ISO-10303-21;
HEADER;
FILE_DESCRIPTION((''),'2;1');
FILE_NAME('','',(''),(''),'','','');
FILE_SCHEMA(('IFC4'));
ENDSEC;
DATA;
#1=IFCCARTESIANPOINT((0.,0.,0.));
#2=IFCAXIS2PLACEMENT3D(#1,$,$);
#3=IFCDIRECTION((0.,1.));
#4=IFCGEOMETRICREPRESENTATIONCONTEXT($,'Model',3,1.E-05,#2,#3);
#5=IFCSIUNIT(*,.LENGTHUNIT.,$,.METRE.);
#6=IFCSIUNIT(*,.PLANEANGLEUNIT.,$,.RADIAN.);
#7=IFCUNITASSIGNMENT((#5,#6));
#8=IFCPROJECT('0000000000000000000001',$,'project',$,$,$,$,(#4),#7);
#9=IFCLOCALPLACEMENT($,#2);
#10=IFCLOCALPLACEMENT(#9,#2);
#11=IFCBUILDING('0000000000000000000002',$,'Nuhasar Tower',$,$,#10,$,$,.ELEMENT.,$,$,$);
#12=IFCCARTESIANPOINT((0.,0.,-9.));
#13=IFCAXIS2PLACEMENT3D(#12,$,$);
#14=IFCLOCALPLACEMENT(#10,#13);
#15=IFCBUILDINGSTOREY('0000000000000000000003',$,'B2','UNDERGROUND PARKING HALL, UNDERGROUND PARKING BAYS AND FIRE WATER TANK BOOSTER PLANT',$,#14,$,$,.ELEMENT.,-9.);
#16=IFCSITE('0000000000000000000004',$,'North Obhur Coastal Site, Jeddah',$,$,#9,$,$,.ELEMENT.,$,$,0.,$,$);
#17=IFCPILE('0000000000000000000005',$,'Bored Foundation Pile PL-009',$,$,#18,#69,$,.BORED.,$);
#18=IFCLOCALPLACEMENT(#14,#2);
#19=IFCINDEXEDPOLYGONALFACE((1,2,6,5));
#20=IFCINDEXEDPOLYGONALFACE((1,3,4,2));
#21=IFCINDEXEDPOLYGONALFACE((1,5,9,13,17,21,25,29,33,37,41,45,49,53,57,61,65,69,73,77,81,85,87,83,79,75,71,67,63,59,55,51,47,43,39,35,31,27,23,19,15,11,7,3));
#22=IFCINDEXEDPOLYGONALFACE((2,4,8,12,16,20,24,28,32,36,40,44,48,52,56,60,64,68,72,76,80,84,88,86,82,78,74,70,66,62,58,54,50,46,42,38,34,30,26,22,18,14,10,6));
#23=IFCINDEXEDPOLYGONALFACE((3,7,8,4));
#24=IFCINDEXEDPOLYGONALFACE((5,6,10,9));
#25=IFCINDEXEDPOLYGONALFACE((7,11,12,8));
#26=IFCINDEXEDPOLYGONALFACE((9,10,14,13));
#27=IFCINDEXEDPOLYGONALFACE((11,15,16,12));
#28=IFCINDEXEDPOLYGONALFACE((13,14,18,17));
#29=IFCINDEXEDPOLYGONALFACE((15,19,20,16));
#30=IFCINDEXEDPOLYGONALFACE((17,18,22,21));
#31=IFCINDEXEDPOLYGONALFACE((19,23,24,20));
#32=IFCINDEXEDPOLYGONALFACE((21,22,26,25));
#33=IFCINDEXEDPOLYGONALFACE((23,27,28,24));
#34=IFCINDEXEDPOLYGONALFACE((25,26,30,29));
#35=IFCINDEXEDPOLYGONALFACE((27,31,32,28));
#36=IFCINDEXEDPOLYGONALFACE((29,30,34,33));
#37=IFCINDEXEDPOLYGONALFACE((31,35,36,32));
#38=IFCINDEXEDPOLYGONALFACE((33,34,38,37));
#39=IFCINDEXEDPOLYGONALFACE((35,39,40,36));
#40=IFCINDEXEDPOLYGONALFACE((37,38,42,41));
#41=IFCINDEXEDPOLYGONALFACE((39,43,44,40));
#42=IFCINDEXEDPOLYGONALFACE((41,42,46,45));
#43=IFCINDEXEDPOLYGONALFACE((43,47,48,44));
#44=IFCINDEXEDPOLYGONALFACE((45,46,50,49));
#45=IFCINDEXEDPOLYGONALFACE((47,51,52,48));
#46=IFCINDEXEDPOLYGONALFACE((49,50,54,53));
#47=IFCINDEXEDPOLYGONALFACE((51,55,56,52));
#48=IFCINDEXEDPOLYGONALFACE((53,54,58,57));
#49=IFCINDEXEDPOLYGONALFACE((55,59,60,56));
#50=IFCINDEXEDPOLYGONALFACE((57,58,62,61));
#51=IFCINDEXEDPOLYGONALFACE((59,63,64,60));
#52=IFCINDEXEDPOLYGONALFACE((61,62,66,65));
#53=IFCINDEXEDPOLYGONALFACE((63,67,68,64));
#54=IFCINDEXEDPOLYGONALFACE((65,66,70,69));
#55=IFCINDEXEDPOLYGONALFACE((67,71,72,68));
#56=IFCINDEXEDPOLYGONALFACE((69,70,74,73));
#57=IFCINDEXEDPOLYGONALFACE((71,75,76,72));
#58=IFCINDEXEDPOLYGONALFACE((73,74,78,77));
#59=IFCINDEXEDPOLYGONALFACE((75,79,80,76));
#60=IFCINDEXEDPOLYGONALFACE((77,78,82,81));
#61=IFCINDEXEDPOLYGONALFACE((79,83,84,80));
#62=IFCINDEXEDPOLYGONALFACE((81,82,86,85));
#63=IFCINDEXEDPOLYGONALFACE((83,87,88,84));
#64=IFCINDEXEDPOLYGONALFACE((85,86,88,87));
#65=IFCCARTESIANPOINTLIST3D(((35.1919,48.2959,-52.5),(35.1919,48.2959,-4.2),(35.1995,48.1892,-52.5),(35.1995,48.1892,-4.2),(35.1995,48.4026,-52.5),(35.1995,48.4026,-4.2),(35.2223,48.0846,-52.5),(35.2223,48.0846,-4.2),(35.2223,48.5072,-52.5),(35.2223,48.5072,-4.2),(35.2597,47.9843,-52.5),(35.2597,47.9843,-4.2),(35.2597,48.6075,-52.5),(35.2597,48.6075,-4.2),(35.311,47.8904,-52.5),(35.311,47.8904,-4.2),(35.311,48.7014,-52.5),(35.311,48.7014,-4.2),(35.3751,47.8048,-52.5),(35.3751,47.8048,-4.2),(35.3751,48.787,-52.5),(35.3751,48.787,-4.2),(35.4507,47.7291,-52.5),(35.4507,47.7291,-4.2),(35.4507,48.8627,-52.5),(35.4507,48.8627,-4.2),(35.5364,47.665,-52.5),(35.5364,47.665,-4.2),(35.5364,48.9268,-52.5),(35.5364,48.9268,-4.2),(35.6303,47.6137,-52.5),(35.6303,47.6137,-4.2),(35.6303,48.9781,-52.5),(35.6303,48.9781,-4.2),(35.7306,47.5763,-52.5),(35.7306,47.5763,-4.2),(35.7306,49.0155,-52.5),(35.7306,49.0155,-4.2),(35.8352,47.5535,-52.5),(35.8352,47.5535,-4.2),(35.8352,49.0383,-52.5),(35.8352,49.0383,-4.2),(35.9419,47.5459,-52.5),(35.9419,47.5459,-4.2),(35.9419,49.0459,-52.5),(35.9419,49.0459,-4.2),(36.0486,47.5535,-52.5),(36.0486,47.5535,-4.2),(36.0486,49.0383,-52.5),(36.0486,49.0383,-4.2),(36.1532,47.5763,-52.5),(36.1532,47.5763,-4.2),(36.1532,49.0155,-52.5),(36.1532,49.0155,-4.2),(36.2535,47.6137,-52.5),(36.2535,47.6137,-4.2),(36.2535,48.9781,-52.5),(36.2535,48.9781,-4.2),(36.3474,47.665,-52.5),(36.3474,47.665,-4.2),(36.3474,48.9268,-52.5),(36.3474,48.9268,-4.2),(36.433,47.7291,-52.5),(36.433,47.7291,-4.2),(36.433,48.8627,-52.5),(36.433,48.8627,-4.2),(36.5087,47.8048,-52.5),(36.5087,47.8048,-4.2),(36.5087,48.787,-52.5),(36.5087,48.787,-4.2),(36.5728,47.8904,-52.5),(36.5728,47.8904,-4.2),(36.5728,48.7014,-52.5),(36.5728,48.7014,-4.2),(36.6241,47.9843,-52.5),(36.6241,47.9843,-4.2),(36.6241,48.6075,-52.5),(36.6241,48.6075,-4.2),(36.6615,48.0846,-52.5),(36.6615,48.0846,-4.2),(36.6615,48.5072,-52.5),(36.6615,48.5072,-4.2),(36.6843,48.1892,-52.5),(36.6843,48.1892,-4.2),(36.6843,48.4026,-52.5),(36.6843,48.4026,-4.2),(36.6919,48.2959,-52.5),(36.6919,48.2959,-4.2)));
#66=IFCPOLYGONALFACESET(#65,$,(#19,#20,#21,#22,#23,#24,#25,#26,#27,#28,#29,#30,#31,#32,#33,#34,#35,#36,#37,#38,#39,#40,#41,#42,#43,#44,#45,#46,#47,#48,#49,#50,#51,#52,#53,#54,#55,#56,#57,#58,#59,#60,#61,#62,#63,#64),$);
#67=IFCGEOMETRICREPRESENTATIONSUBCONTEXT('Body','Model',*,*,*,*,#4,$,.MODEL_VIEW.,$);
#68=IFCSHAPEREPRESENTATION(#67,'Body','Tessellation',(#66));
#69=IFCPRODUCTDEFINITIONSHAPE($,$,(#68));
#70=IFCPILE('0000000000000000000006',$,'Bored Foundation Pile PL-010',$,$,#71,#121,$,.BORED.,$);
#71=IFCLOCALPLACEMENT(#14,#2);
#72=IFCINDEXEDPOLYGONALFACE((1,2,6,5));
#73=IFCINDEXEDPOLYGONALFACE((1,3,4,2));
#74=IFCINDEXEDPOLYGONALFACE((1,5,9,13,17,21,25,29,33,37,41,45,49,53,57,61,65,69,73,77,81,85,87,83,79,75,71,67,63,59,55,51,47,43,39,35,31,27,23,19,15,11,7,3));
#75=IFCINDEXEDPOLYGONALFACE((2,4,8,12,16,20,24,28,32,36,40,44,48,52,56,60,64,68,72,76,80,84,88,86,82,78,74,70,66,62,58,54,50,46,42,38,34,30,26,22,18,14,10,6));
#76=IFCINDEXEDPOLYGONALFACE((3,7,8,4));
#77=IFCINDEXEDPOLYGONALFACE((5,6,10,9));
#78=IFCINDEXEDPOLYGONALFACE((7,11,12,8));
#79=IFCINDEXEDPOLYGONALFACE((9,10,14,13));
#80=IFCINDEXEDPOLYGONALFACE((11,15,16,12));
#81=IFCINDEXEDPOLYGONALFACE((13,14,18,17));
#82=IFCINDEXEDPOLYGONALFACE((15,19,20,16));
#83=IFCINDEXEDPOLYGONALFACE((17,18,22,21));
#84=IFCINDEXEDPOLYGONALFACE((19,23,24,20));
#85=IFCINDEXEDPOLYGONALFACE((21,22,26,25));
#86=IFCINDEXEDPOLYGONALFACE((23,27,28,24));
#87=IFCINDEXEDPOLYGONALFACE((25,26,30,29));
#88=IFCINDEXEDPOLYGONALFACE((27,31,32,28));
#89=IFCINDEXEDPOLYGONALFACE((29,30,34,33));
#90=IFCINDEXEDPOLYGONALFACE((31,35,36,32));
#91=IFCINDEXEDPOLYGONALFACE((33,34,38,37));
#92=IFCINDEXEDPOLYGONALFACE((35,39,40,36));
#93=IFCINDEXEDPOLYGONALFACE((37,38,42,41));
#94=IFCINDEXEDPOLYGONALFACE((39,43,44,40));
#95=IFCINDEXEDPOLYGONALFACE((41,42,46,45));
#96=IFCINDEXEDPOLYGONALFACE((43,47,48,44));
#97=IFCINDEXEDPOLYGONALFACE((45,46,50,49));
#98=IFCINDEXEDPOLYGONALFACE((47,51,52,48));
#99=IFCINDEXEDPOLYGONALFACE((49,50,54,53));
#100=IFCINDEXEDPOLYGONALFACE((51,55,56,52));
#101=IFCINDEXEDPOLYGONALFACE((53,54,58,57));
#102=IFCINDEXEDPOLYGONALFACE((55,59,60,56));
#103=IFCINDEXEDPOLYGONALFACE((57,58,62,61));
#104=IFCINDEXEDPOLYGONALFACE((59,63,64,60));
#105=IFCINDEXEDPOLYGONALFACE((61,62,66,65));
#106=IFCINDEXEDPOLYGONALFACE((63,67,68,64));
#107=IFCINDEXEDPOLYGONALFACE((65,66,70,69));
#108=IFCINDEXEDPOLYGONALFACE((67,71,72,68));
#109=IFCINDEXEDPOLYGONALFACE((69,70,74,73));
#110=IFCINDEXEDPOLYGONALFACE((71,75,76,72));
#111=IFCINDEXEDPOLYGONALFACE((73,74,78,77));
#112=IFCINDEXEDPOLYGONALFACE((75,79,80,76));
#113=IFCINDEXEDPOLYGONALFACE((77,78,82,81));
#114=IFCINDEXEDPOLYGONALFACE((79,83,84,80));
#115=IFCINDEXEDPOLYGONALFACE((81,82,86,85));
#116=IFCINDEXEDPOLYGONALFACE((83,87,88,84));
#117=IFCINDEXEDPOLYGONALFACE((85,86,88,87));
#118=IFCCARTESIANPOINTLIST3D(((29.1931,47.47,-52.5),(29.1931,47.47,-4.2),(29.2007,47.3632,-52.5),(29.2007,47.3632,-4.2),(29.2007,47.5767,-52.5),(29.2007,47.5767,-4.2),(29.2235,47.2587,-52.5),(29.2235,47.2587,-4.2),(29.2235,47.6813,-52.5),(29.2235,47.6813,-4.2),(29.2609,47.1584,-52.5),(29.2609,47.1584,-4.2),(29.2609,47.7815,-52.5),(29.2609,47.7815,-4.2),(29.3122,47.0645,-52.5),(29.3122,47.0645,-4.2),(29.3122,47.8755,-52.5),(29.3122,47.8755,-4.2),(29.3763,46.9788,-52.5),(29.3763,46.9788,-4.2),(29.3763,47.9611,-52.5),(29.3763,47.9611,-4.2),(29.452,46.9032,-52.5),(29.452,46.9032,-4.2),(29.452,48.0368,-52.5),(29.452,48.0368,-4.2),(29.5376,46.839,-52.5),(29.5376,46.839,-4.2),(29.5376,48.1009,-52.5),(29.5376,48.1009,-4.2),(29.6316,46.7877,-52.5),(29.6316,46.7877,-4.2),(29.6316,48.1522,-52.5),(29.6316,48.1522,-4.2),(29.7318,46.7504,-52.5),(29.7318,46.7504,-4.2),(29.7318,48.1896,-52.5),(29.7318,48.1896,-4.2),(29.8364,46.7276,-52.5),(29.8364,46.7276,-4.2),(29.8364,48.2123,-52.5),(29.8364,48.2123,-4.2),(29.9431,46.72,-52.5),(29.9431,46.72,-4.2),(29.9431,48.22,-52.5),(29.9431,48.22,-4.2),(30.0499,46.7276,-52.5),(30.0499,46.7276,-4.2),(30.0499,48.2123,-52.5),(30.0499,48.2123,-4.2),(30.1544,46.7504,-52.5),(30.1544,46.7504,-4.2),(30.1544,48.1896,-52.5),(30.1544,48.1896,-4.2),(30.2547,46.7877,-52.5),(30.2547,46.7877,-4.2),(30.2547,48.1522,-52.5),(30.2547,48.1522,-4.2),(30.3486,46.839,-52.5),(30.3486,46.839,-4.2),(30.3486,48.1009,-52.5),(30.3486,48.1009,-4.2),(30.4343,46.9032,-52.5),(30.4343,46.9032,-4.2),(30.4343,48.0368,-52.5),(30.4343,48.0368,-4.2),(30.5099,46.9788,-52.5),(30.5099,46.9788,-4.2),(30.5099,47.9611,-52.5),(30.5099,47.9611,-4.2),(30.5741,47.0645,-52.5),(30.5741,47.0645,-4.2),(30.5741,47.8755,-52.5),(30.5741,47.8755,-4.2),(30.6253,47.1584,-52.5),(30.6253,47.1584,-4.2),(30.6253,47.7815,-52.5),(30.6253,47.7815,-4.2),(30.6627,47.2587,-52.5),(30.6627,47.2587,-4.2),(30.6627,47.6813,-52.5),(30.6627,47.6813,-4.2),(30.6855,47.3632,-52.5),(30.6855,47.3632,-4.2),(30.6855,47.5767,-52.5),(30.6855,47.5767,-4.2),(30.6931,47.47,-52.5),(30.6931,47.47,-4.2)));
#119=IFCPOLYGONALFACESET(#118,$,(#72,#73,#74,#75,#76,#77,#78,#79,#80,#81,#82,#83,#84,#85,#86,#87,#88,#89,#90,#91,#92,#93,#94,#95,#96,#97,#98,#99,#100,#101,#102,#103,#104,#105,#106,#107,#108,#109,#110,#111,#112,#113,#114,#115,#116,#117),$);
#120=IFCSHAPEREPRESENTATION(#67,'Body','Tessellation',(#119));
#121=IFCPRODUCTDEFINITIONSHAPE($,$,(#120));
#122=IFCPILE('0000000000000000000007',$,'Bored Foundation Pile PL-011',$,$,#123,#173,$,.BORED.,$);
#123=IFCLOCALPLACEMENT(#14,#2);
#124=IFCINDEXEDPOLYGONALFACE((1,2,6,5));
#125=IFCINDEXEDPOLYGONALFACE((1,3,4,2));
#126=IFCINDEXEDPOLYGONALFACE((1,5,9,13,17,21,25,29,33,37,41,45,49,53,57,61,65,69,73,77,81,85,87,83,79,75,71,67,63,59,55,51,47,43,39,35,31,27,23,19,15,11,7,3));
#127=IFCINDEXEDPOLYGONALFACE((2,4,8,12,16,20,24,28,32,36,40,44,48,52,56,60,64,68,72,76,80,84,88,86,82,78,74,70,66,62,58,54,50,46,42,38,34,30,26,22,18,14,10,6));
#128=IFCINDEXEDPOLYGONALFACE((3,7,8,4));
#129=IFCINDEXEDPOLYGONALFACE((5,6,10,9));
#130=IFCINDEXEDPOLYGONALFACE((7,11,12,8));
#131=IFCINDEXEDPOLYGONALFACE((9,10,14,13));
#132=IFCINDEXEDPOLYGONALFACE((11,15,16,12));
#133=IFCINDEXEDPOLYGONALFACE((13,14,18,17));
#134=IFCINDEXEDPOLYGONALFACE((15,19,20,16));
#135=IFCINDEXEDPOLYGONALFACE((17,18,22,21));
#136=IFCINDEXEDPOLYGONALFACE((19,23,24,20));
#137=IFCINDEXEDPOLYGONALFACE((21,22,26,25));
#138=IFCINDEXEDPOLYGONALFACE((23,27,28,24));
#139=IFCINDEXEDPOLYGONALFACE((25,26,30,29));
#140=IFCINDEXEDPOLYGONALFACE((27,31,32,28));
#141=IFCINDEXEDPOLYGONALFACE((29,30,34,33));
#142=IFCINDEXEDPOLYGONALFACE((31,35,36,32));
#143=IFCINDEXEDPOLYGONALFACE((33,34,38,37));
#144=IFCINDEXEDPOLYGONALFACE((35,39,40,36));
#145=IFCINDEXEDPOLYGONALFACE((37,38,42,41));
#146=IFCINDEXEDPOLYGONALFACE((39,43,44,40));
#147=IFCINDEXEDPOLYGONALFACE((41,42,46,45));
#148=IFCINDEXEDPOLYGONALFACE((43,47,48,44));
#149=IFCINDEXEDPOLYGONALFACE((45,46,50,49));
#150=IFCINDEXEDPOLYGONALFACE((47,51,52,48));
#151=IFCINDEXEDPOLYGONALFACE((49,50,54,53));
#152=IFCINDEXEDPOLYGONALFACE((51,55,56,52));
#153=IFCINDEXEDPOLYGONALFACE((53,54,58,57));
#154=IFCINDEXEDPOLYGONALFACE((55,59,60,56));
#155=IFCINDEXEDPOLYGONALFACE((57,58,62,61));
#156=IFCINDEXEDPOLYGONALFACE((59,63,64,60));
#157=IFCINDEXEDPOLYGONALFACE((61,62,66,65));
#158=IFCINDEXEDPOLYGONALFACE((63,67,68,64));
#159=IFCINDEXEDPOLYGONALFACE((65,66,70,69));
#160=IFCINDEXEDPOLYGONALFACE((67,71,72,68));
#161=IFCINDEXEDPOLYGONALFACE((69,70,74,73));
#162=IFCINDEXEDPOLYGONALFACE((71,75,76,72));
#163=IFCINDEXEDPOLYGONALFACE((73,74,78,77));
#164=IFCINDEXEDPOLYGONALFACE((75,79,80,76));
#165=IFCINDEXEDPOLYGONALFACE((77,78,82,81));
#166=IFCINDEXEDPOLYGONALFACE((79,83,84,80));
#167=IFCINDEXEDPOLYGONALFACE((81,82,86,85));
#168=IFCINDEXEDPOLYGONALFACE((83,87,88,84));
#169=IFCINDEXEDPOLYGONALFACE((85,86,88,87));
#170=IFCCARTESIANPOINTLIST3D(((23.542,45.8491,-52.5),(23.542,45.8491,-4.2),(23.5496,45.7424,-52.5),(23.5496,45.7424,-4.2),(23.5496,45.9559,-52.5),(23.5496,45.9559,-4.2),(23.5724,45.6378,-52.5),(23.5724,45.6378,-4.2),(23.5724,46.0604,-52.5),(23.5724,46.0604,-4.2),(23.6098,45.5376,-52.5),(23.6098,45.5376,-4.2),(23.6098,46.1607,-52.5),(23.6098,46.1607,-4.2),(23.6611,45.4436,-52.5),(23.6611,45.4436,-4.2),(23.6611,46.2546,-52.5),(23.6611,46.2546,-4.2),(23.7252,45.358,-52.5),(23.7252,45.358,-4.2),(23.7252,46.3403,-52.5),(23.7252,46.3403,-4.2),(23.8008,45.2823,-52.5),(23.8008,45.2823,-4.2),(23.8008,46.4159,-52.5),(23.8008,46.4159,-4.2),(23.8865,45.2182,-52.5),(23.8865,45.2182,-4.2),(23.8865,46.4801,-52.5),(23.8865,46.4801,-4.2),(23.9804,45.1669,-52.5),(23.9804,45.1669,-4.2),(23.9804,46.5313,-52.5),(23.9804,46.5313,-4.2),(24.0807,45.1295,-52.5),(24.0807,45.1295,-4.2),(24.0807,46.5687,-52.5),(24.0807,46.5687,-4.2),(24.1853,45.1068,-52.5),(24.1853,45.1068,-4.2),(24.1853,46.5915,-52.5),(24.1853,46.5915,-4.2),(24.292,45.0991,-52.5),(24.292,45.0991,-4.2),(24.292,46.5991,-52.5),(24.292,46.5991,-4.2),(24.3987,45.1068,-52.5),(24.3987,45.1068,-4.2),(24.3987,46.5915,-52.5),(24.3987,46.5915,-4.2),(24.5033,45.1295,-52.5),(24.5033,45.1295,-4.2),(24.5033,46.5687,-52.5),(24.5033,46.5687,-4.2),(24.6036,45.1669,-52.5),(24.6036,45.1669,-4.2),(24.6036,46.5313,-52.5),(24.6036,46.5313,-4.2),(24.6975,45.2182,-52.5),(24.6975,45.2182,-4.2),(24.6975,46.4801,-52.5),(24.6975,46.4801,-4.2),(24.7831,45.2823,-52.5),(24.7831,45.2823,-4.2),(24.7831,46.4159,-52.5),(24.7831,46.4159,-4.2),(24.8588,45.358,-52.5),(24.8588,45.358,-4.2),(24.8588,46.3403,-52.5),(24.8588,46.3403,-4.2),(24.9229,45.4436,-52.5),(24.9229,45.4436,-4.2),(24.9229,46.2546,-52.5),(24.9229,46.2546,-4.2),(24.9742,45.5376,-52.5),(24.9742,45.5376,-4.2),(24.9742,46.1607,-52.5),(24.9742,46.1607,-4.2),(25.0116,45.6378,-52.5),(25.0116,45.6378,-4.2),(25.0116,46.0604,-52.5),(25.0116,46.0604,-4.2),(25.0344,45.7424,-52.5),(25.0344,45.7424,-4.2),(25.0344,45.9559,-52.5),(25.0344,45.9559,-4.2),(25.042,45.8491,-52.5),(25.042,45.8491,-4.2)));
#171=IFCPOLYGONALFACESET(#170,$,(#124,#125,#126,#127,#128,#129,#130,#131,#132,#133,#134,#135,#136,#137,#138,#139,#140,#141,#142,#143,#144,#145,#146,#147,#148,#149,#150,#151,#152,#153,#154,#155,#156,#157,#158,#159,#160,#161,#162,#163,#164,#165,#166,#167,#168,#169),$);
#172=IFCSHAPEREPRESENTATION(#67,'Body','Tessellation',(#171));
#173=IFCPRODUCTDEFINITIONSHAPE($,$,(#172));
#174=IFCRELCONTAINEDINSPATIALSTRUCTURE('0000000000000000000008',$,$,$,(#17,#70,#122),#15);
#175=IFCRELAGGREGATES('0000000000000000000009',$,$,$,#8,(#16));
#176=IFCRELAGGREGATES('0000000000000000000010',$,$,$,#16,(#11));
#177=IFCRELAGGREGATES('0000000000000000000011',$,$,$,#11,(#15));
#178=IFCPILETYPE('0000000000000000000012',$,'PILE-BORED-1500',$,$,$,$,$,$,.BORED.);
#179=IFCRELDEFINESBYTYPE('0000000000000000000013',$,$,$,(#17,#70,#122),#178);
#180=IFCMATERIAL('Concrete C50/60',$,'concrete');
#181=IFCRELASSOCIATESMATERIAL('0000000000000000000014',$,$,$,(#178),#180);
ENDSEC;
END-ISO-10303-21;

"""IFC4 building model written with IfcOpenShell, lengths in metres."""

from ifc_helpers import new_model, si_unit, direction, frame, origin, origin_2d, place, context, subcontext, project, spatial, circle, extrude, material, material_profile, profile_set, type_object, element, save


model = new_model("IFC4")

# Units and contexts
model_context = context("Model", 3, precision=1e-05, world=origin(), true_north=direction((0.0, 1.0)))
body_context = subcontext(model_context, "Body", "Model", "MODEL_VIEW")
ifc_project = project(units=[si_unit("LENGTHUNIT", "METRE"), si_unit("PLANEANGLEUNIT", "RADIAN")], contexts=[model_context])

# Site, building, storey
site_placement = place(None, origin())
site = spatial("IfcSite", under=ifc_project, at=site_placement, Name="North Obhur Coastal Site, Jeddah", CompositionType="ELEMENT", RefElevation=0.0)
building_placement = place(site_placement, origin())
building = spatial("IfcBuilding", under=site, at=building_placement, Name="Nuhasar Tower", CompositionType="ELEMENT")
storey_placement = place(building_placement, frame((0.0, 0.0, -9.0)))
storey = spatial("IfcBuildingStorey", under=building, at=storey_placement, Name="B2", Description="UNDERGROUND PARKING HALL, UNDERGROUND PARKING BAYS AND FIRE WATER TANK BOOSTER PLANT", CompositionType="ELEMENT", Elevation=-9.0)

# Piles
ifc_material_1 = material(Name="Concrete C50/60", Category="concrete")
ifc_material_profile_1 = material_profile(ifc_material_1, circle(Radius=0.75, at=origin_2d()), Name="PILE1500")
ifc_profile_set_1 = profile_set([ifc_material_profile_1], Name="Concrete C50/60")
pile_type = type_object("IfcPileType", Name="PILE-BORED-1500", PredefinedType="BORED", material=ifc_profile_set_1)
for number, where, z_axis, x_axis, name in (
    (1, (35.9419, 48.2959, -4.2), (0.0, 0.0, -1.0), (1.0, 0.0, 0.0), "Bored Foundation Pile PL-009"),
    (2, (29.9431, 47.47, -4.2), (0.0, 0.0, -1.0), (1.0, 0.0, 0.0), "Bored Foundation Pile PL-010"),
    (3, (24.292, 45.8491, -4.2), (0.0, 0.0, -1.0), (1.0, 0.0, 0.0), "Bored Foundation Pile PL-011"),
):
    element("IfcPile", number, at=place(storey_placement, frame(where, z_axis=z_axis, x_axis=x_axis)), inside=storey, type_object=pile_type, Name=name, PredefinedType="BORED", context=body_context, shape_type="SweptSolid", body=[
        extrude(circle(Radius=0.75, at=origin_2d()), origin(), (0.0, 0.0, 1.0), 48.3),
    ])

save(model, "model.ifc")
